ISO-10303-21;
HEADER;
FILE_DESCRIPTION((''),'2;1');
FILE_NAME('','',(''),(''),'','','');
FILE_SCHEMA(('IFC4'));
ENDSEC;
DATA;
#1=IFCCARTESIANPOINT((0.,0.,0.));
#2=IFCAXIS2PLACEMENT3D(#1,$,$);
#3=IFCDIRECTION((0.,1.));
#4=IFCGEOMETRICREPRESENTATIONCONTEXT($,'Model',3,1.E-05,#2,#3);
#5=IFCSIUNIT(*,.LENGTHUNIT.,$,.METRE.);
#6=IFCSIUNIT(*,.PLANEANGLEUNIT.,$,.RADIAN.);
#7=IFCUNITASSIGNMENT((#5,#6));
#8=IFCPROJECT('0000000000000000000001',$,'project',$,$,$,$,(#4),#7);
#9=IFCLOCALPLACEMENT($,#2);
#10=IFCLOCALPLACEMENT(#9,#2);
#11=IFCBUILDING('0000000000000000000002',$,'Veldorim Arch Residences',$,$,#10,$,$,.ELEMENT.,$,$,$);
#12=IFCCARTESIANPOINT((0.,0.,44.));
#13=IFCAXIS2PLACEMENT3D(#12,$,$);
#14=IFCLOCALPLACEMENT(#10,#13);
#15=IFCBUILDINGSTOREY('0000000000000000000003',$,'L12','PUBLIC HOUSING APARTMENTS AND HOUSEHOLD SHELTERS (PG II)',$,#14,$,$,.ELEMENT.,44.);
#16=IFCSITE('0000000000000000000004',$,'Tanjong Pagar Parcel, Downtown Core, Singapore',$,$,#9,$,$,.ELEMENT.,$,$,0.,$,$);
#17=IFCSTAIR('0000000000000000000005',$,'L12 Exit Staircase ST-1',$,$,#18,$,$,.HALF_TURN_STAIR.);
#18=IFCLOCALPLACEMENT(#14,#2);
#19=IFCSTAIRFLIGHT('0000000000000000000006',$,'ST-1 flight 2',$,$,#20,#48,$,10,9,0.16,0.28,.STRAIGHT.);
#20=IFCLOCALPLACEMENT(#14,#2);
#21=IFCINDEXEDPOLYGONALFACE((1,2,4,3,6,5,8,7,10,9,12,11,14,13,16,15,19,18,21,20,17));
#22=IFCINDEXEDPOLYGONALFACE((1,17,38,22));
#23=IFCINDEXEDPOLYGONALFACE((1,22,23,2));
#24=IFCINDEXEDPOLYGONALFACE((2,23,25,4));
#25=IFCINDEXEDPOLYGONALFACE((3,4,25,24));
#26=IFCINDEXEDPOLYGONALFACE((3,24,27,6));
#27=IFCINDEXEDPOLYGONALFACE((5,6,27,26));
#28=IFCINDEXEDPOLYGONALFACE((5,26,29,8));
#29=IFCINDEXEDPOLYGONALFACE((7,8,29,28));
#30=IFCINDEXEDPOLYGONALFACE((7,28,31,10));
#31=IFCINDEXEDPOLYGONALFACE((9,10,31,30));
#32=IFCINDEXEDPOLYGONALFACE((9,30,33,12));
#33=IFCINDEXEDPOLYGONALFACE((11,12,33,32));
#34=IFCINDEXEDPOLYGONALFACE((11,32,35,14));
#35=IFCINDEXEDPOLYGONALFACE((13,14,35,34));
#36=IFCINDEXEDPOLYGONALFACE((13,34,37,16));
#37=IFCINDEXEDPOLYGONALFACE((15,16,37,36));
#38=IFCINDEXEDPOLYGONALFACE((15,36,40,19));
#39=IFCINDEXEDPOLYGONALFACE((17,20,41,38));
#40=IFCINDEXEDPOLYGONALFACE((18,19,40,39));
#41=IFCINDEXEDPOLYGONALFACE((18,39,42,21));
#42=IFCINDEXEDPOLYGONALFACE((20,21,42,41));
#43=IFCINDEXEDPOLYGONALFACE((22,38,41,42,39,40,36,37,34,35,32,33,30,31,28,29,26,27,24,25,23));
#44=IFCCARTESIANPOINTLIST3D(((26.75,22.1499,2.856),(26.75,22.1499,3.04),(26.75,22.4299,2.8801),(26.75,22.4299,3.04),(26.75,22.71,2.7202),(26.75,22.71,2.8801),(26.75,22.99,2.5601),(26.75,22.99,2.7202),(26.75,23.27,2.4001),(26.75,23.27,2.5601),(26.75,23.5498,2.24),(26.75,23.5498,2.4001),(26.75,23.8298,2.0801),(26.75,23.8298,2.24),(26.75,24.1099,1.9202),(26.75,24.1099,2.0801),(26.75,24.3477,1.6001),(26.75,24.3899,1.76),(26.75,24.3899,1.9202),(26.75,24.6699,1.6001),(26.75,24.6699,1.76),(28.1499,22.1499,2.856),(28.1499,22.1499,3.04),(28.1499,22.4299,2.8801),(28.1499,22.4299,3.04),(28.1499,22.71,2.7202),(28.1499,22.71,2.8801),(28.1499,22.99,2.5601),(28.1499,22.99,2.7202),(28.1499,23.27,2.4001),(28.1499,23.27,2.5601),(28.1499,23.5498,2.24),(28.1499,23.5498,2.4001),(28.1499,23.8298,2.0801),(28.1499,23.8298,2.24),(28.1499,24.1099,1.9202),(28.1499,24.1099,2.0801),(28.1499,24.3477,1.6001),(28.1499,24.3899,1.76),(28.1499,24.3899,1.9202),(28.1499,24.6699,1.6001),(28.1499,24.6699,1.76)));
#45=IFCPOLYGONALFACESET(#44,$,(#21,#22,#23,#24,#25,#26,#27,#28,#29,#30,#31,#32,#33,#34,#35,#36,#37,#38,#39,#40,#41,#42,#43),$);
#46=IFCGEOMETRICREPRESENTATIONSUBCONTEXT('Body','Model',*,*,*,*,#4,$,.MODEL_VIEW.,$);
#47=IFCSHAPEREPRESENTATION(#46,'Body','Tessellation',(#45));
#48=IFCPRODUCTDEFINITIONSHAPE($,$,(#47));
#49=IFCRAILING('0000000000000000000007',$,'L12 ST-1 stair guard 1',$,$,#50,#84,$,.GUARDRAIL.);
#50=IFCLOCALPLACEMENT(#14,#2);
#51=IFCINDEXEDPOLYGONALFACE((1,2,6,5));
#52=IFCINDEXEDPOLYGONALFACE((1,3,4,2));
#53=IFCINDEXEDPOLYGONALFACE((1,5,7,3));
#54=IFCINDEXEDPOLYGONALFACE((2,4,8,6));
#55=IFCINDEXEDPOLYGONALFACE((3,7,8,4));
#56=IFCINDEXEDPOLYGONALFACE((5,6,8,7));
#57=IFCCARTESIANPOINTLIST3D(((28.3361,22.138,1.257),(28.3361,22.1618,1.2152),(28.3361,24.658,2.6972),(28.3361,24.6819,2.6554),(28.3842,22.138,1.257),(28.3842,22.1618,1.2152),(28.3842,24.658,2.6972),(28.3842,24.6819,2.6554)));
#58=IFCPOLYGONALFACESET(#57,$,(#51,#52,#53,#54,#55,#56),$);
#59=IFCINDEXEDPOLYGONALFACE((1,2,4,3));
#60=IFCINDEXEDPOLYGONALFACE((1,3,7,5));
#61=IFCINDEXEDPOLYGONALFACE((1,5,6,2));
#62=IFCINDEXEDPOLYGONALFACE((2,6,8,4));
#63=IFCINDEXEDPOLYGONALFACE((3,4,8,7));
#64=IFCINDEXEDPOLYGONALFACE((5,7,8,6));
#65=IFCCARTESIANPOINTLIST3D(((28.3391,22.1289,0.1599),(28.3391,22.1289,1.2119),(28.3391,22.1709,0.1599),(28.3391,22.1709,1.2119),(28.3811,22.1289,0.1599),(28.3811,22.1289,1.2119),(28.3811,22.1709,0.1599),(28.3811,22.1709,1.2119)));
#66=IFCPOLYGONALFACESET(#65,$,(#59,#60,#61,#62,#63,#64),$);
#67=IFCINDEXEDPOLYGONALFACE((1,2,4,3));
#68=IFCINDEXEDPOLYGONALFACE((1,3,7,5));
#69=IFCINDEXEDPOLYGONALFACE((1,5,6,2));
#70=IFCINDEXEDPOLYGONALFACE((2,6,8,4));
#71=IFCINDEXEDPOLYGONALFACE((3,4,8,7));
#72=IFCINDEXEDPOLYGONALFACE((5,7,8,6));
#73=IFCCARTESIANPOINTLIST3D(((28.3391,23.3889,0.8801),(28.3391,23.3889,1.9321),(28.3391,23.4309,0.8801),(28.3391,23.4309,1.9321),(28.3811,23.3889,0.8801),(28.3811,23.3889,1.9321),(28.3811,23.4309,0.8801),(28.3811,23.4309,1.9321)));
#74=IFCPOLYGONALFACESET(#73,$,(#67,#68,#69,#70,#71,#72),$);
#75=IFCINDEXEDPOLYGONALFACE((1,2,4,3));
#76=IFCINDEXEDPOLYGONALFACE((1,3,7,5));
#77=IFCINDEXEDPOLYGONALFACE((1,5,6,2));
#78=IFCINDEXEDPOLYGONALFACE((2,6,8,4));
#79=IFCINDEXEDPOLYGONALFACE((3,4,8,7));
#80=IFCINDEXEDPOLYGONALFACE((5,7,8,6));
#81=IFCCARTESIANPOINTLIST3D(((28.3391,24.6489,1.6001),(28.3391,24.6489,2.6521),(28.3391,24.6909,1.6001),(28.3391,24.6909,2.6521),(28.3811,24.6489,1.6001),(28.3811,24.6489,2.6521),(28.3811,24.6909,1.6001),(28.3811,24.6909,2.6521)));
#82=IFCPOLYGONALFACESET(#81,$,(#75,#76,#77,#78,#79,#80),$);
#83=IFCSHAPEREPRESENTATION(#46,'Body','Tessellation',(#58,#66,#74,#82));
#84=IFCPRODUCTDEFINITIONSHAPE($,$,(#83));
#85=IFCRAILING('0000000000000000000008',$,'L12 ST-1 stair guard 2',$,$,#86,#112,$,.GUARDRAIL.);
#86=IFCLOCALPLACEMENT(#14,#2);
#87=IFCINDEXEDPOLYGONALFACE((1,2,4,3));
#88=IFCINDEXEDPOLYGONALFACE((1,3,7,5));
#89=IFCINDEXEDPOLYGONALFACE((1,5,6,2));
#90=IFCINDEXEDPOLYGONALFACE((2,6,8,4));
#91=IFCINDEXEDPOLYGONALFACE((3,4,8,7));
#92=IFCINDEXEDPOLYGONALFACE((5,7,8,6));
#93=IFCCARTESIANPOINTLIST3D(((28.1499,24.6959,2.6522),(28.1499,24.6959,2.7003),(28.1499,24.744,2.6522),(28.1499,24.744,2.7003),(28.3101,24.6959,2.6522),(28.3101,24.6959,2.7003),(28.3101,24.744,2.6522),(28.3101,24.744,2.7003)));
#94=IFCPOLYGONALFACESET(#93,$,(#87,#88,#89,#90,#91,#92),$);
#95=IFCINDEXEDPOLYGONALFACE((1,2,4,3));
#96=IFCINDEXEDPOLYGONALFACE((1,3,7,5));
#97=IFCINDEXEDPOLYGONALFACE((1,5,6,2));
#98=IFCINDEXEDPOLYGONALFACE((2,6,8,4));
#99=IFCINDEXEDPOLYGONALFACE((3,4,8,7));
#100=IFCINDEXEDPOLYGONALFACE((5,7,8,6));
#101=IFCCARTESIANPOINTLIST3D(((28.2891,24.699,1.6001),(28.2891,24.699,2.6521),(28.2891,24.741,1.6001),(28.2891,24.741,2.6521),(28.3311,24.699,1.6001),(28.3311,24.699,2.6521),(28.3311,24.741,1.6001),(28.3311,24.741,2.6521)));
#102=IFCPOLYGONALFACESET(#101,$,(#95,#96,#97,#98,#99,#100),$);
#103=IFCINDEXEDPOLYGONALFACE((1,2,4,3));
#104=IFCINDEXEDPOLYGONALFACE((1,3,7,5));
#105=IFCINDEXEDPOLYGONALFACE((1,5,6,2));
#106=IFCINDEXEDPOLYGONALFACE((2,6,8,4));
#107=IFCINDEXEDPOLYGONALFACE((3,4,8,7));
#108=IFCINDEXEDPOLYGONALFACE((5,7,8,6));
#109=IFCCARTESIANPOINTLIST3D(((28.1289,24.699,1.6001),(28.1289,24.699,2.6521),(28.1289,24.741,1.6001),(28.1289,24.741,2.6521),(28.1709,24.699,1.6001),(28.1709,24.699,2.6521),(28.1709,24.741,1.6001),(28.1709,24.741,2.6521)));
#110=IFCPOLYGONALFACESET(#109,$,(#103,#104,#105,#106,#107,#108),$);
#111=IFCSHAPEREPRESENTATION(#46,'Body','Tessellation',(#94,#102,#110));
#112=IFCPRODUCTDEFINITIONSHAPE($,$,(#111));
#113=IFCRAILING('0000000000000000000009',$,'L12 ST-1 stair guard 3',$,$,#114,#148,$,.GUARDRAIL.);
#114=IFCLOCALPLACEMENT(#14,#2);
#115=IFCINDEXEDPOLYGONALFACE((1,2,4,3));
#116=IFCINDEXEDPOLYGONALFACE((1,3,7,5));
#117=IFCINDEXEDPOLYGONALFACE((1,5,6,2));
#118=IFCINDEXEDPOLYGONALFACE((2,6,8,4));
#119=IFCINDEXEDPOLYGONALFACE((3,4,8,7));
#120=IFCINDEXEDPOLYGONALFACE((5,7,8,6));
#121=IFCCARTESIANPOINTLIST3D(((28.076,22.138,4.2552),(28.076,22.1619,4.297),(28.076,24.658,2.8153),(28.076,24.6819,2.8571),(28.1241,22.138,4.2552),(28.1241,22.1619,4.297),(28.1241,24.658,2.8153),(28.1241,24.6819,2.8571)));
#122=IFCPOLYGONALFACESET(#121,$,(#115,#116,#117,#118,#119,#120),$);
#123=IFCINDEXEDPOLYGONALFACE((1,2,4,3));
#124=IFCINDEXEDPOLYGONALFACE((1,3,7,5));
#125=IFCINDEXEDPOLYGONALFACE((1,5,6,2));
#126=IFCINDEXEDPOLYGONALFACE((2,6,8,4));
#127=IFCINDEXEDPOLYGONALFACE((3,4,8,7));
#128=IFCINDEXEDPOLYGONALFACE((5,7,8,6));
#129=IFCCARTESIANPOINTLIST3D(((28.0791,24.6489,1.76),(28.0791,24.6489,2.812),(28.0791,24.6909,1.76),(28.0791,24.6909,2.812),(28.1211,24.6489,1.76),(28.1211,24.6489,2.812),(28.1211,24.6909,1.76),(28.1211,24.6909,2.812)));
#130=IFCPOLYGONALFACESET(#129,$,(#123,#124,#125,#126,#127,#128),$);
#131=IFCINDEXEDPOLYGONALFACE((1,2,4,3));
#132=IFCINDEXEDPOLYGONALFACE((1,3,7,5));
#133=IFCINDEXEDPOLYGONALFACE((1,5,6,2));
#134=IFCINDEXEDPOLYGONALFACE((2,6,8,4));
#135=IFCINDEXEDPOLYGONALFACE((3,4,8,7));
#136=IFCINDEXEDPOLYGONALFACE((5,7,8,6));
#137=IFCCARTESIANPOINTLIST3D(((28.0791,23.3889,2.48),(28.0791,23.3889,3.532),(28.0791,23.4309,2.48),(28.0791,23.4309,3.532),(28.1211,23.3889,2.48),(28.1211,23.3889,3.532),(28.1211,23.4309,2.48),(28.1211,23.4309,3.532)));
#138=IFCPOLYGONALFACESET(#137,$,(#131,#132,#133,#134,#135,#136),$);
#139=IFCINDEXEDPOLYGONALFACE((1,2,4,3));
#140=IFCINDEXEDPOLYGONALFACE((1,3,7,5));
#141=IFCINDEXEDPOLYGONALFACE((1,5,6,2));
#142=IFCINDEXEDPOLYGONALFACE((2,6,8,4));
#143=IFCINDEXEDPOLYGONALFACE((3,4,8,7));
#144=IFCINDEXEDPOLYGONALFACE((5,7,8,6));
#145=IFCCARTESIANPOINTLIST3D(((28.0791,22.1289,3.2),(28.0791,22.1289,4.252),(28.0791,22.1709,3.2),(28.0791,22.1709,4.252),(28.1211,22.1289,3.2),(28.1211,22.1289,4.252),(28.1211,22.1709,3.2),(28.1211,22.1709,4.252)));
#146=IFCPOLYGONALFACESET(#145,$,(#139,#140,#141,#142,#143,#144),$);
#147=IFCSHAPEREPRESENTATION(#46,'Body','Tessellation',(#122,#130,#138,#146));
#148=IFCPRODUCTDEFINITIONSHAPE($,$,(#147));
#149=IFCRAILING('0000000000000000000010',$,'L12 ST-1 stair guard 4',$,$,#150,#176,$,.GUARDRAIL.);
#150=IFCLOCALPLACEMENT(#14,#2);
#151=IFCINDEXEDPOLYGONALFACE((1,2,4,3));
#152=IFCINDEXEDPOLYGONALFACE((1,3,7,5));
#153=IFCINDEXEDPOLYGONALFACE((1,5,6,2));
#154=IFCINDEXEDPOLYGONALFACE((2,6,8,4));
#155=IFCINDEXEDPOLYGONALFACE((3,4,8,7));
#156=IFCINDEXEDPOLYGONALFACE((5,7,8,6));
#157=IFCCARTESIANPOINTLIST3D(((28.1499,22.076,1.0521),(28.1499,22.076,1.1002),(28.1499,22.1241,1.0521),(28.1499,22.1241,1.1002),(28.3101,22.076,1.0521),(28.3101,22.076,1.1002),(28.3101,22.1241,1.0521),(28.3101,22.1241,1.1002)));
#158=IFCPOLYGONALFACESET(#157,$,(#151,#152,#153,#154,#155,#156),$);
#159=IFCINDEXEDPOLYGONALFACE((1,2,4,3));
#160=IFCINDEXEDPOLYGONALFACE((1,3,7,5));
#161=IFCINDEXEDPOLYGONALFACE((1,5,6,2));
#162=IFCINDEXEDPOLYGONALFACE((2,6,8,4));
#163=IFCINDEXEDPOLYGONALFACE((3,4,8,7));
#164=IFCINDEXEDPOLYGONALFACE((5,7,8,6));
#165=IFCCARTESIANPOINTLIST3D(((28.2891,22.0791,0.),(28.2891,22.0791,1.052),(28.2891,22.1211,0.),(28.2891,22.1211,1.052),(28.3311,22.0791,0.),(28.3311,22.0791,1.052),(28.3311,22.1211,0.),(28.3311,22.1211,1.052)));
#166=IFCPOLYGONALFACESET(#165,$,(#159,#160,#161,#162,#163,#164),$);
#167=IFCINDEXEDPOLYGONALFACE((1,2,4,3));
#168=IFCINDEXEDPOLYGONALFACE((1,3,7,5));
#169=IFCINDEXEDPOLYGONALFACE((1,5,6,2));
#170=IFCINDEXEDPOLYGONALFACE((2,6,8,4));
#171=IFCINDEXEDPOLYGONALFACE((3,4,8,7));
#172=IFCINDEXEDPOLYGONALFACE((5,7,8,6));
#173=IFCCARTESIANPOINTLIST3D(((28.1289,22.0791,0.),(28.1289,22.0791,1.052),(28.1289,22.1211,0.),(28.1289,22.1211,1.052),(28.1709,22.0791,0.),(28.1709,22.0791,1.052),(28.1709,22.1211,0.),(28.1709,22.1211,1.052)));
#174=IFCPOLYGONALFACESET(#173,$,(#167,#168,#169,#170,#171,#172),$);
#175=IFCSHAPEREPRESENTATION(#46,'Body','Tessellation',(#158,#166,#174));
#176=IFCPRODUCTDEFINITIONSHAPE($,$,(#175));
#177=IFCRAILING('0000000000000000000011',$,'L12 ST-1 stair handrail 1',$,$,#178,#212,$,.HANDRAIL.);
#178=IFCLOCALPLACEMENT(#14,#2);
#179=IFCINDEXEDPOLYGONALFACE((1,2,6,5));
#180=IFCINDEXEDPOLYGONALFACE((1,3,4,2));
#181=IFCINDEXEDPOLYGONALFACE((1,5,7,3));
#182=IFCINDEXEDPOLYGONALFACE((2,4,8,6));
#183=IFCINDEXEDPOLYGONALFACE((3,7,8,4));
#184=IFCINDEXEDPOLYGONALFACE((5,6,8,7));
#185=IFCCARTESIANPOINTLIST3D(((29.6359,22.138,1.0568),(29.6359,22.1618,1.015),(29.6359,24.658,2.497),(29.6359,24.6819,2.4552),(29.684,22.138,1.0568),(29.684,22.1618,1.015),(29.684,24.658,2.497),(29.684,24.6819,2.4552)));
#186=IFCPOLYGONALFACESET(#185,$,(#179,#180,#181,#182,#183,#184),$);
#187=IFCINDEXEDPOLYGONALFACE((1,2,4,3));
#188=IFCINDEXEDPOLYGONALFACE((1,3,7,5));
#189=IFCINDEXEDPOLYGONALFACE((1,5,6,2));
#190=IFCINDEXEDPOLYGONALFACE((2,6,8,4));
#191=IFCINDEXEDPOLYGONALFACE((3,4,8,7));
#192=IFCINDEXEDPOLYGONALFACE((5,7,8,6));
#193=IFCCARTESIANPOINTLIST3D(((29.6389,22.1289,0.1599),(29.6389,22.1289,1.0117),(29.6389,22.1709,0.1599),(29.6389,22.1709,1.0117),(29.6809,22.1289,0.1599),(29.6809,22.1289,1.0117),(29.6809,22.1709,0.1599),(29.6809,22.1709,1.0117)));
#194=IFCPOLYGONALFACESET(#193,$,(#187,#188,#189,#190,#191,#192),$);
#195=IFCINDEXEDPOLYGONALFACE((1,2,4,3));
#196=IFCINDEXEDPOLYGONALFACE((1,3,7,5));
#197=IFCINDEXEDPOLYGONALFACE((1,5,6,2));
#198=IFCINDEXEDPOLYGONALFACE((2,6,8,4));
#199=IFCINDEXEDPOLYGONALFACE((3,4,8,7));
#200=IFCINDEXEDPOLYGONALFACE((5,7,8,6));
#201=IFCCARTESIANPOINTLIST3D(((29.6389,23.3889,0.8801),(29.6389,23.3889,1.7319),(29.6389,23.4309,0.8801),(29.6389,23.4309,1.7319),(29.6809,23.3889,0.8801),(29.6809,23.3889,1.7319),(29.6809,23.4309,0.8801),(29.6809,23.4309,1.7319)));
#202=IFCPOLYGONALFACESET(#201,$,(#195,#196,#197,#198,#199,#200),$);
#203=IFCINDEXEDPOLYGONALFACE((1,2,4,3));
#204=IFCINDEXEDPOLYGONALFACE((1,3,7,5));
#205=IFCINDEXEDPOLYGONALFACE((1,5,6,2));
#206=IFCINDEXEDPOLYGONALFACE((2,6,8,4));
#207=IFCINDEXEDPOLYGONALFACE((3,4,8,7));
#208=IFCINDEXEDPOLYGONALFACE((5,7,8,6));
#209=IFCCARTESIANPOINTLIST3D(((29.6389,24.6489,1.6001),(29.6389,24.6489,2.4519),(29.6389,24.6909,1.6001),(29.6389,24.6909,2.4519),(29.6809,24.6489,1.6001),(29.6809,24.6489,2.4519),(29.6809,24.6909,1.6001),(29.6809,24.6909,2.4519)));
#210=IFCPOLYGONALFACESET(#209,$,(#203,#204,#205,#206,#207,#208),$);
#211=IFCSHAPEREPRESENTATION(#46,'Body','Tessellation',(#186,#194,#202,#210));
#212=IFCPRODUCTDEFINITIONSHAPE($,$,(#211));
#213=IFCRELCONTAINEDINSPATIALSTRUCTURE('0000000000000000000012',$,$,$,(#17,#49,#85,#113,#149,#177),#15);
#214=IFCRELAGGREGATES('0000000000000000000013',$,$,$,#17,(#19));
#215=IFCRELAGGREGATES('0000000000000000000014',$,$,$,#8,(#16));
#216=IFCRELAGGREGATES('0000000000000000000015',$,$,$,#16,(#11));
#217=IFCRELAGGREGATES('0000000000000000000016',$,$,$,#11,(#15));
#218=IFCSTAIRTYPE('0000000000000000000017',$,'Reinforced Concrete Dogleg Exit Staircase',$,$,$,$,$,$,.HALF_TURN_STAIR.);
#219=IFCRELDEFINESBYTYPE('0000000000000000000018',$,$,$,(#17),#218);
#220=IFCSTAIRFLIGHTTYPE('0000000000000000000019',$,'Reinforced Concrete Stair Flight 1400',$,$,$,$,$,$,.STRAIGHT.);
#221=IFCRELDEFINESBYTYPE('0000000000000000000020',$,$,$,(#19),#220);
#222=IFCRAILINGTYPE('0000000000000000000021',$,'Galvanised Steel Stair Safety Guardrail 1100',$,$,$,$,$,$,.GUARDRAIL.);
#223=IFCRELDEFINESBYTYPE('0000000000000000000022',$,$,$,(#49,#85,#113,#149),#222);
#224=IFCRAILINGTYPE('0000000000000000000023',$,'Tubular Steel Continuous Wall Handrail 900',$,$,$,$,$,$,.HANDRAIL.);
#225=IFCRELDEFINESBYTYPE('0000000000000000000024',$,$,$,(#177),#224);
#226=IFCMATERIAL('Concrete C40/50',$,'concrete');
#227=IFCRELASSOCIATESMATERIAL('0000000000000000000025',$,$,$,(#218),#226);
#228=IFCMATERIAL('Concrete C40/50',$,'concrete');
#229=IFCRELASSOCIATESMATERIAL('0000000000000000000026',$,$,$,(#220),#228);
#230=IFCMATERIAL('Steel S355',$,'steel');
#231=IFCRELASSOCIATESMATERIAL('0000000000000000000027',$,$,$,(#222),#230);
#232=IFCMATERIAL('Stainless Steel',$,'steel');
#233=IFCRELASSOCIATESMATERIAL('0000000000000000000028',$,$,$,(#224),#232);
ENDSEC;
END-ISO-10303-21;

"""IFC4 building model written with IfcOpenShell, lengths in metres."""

from ifc_helpers import new_model, si_unit, direction, frame, origin, origin_2d, place, context, subcontext, project, spatial, polyline, rectangle, outline, extrude, material, type_object, element, aggregate, save


model = new_model("IFC4")

# Units and contexts
model_context = context("Model", 3, precision=1e-05, world=origin(), true_north=direction((0.0, 1.0)))
body_context = subcontext(model_context, "Body", "Model", "MODEL_VIEW")
ifc_project = project(units=[si_unit("LENGTHUNIT", "METRE"), si_unit("PLANEANGLEUNIT", "RADIAN")], contexts=[model_context])

# Site, building, storey
site_placement = place(None, origin())
site = spatial("IfcSite", under=ifc_project, at=site_placement, Name="Tanjong Pagar Parcel, Downtown Core, Singapore", CompositionType="ELEMENT", RefElevation=0.0)
building_placement = place(site_placement, origin())
building = spatial("IfcBuilding", under=site, at=building_placement, Name="Veldorim Arch Residences", CompositionType="ELEMENT")
storey_placement = place(building_placement, frame((0.0, 0.0, 44.0)))
storey = spatial("IfcBuildingStorey", under=building, at=storey_placement, Name="L12", Description="PUBLIC HOUSING APARTMENTS AND HOUSEHOLD SHELTERS (PG II)", CompositionType="ELEMENT", Elevation=44.0)

# Stair, stair flight
ifc_material_1 = material(Name="Concrete C40/50", Category="concrete")
stair_type = type_object("IfcStairType", Name="Reinforced Concrete Dogleg Exit Staircase", PredefinedType="HALF_TURN_STAIR", material=ifc_material_1)
stair_placement = place(storey_placement, origin())
stair = element("IfcStair", 1, at=stair_placement, inside=storey, type_object=stair_type, Name="L12 Exit Staircase ST-1", PredefinedType="HALF_TURN_STAIR")
ifc_material_2 = material(Name="Concrete C40/50", Category="concrete")
stair_flight_type = type_object("IfcStairFlightType", Name="Reinforced Concrete Stair Flight 1400", PredefinedType="STRAIGHT", material=ifc_material_2)
stair_flight_1_placement = place(storey_placement, frame((27.45, 24.6699, 1.6001), z_axis=(0.0, 0.0, 1.0), x_axis=(0.0, -1.0, 0.0)))
stair_flight_1 = element("IfcStairFlight", 2, at=stair_flight_1_placement, type_object=stair_flight_type, Name="ST-1 flight 2", NumberOfRisers=10, NumberOfTreads=9, PredefinedType="STRAIGHT", RiserHeight=0.16, TreadLength=0.28, context=body_context, shape_type="SweptSolid", body=[
    extrude(outline(polyline([(0.0, 0.0), (0.0, 0.1599), (0.28, 0.1599), (0.28, 0.3201), (0.5601, 0.3201), (0.5601, 0.48), (0.8401, 0.48), (0.8401, 0.6399), (1.1201, 0.6399), (1.1201, 0.8), (1.3999, 0.8), (1.3999, 0.96), (1.6799, 0.96), (1.6799, 1.1201), (1.96, 1.1201), (1.96, 1.28), (2.24, 1.28), (2.24, 1.4399), (2.52, 1.4399), (2.52, 1.6001), (2.52, 1.2559), (0.3223, 0.0), (0.0, 0.0)])), frame((0.0, 0.7, 0.0), z_axis=(0.0, -1.0, 0.0), x_axis=(1.0, 0.0, 0.0)), (0.0, 0.0, 1.0), 1.3999),
])
aggregate(stair, [stair_flight_1])

# Railings
ifc_material_3 = material(Name="Steel S355", Category="steel")
railing_type_1 = type_object("IfcRailingType", Name="Galvanised Steel Stair Safety Guardrail 1100", PredefinedType="GUARDRAIL", material=ifc_material_3)
railing_1_placement = place(storey_placement, frame((28.3601, 22.1499, 0.1599)))
element("IfcRailing", 3, at=railing_1_placement, inside=storey, type_object=railing_type_1, Name="L12 ST-1 stair guard 1", PredefinedType="GUARDRAIL", context=body_context, shape_type="SweptSolid", body=[
    extrude(rectangle(XDim=0.0481, YDim=0.0481, at=origin_2d()), frame((0.0, 0.0, 1.0762), z_axis=(0.0, 0.868217, 0.496184), x_axis=(-1.0, 0.0, 0.0)), (0.0, 0.0, 1.0), 2.9026),
    extrude(rectangle(XDim=0.042, YDim=0.042, at=origin_2d()), origin(), (0.0, 0.0, 1.0), 1.052),
    extrude(rectangle(XDim=0.042, YDim=0.042, at=origin_2d()), frame((0.0, 1.26, 0.7202)), (0.0, 0.0, 1.0), 1.052),
    extrude(rectangle(XDim=0.042, YDim=0.042, at=origin_2d()), frame((0.0, 2.52, 1.4402)), (0.0, 0.0, 1.0), 1.052),
])
railing_2_placement = place(storey_placement, frame((28.3101, 24.72, 1.6001)))
element("IfcRailing", 4, at=railing_2_placement, inside=storey, type_object=railing_type_1, Name="L12 ST-1 stair guard 2", PredefinedType="GUARDRAIL", context=body_context, shape_type="SweptSolid", body=[
    extrude(rectangle(XDim=0.0481, YDim=0.0481, at=origin_2d()), frame((0.0, 0.0, 1.0762), z_axis=(-1.0, 0.0, 0.0), x_axis=(0.0, -1.0, 0.0)), (0.0, 0.0, 1.0), 0.1602),
    extrude(rectangle(XDim=0.042, YDim=0.042, at=origin_2d()), origin(), (0.0, 0.0, 1.0), 1.052),
    extrude(rectangle(XDim=0.042, YDim=0.042, at=origin_2d()), frame((-0.1602, 0.0, 0.0)), (0.0, 0.0, 1.0), 1.052),
])
railing_3_placement = place(storey_placement, frame((28.1001, 24.6699, 1.76)))
element("IfcRailing", 5, at=railing_3_placement, inside=storey, type_object=railing_type_1, Name="L12 ST-1 stair guard 3", PredefinedType="GUARDRAIL", context=body_context, shape_type="SweptSolid", body=[
    extrude(rectangle(XDim=0.0481, YDim=0.0481, at=origin_2d()), frame((0.0, 0.0, 1.0762), z_axis=(0.0, -0.868253, 0.496121), x_axis=(1.0, 0.0, 0.0)), (0.0, 0.0, 1.0), 2.9023),
    extrude(rectangle(XDim=0.042, YDim=0.042, at=origin_2d()), origin(), (0.0, 0.0, 1.0), 1.052),
    extrude(rectangle(XDim=0.042, YDim=0.042, at=origin_2d()), frame((0.0, -1.26, 0.72)), (0.0, 0.0, 1.0), 1.052),
    extrude(rectangle(XDim=0.042, YDim=0.042, at=origin_2d()), frame((0.0, -2.52, 1.4399)), (0.0, 0.0, 1.0), 1.052),
])
railing_4_placement = place(storey_placement, frame((28.3101, 22.1001, 0.0)))
element("IfcRailing", 6, at=railing_4_placement, inside=storey, type_object=railing_type_1, Name="L12 ST-1 stair guard 4", PredefinedType="GUARDRAIL", context=body_context, shape_type="SweptSolid", body=[
    extrude(rectangle(XDim=0.0481, YDim=0.0481, at=origin_2d()), frame((0.0, 0.0, 1.0762), z_axis=(-1.0, 0.0, 0.0), x_axis=(0.0, -1.0, 0.0)), (0.0, 0.0, 1.0), 0.1602),
    extrude(rectangle(XDim=0.042, YDim=0.042, at=origin_2d()), origin(), (0.0, 0.0, 1.0), 1.052),
    extrude(rectangle(XDim=0.042, YDim=0.042, at=origin_2d()), frame((-0.1602, 0.0, 0.0)), (0.0, 0.0, 1.0), 1.052),
])
ifc_material_4 = material(Name="Stainless Steel", Category="steel")
railing_type_2 = type_object("IfcRailingType", Name="Tubular Steel Continuous Wall Handrail 900", PredefinedType="HANDRAIL", material=ifc_material_4)
railing_5_placement = place(storey_placement, frame((29.6599, 22.1499, 0.1599)))
element("IfcRailing", 7, at=railing_5_placement, inside=storey, type_object=railing_type_2, Name="L12 ST-1 stair handrail 1", PredefinedType="HANDRAIL", context=body_context, shape_type="SweptSolid", body=[
    extrude(rectangle(XDim=0.0481, YDim=0.0481, at=origin_2d()), frame((0.0, 0.0, 0.876), z_axis=(0.0, 0.868217, 0.496184), x_axis=(-1.0, 0.0, 0.0)), (0.0, 0.0, 1.0), 2.9026),
    extrude(rectangle(XDim=0.042, YDim=0.042, at=origin_2d()), origin(), (0.0, 0.0, 1.0), 0.8518),
    extrude(rectangle(XDim=0.042, YDim=0.042, at=origin_2d()), frame((0.0, 1.26, 0.7202)), (0.0, 0.0, 1.0), 0.8518),
    extrude(rectangle(XDim=0.042, YDim=0.042, at=origin_2d()), frame((0.0, 2.52, 1.4402)), (0.0, 0.0, 1.0), 0.8518),
])

save(model, "model.ifc")
